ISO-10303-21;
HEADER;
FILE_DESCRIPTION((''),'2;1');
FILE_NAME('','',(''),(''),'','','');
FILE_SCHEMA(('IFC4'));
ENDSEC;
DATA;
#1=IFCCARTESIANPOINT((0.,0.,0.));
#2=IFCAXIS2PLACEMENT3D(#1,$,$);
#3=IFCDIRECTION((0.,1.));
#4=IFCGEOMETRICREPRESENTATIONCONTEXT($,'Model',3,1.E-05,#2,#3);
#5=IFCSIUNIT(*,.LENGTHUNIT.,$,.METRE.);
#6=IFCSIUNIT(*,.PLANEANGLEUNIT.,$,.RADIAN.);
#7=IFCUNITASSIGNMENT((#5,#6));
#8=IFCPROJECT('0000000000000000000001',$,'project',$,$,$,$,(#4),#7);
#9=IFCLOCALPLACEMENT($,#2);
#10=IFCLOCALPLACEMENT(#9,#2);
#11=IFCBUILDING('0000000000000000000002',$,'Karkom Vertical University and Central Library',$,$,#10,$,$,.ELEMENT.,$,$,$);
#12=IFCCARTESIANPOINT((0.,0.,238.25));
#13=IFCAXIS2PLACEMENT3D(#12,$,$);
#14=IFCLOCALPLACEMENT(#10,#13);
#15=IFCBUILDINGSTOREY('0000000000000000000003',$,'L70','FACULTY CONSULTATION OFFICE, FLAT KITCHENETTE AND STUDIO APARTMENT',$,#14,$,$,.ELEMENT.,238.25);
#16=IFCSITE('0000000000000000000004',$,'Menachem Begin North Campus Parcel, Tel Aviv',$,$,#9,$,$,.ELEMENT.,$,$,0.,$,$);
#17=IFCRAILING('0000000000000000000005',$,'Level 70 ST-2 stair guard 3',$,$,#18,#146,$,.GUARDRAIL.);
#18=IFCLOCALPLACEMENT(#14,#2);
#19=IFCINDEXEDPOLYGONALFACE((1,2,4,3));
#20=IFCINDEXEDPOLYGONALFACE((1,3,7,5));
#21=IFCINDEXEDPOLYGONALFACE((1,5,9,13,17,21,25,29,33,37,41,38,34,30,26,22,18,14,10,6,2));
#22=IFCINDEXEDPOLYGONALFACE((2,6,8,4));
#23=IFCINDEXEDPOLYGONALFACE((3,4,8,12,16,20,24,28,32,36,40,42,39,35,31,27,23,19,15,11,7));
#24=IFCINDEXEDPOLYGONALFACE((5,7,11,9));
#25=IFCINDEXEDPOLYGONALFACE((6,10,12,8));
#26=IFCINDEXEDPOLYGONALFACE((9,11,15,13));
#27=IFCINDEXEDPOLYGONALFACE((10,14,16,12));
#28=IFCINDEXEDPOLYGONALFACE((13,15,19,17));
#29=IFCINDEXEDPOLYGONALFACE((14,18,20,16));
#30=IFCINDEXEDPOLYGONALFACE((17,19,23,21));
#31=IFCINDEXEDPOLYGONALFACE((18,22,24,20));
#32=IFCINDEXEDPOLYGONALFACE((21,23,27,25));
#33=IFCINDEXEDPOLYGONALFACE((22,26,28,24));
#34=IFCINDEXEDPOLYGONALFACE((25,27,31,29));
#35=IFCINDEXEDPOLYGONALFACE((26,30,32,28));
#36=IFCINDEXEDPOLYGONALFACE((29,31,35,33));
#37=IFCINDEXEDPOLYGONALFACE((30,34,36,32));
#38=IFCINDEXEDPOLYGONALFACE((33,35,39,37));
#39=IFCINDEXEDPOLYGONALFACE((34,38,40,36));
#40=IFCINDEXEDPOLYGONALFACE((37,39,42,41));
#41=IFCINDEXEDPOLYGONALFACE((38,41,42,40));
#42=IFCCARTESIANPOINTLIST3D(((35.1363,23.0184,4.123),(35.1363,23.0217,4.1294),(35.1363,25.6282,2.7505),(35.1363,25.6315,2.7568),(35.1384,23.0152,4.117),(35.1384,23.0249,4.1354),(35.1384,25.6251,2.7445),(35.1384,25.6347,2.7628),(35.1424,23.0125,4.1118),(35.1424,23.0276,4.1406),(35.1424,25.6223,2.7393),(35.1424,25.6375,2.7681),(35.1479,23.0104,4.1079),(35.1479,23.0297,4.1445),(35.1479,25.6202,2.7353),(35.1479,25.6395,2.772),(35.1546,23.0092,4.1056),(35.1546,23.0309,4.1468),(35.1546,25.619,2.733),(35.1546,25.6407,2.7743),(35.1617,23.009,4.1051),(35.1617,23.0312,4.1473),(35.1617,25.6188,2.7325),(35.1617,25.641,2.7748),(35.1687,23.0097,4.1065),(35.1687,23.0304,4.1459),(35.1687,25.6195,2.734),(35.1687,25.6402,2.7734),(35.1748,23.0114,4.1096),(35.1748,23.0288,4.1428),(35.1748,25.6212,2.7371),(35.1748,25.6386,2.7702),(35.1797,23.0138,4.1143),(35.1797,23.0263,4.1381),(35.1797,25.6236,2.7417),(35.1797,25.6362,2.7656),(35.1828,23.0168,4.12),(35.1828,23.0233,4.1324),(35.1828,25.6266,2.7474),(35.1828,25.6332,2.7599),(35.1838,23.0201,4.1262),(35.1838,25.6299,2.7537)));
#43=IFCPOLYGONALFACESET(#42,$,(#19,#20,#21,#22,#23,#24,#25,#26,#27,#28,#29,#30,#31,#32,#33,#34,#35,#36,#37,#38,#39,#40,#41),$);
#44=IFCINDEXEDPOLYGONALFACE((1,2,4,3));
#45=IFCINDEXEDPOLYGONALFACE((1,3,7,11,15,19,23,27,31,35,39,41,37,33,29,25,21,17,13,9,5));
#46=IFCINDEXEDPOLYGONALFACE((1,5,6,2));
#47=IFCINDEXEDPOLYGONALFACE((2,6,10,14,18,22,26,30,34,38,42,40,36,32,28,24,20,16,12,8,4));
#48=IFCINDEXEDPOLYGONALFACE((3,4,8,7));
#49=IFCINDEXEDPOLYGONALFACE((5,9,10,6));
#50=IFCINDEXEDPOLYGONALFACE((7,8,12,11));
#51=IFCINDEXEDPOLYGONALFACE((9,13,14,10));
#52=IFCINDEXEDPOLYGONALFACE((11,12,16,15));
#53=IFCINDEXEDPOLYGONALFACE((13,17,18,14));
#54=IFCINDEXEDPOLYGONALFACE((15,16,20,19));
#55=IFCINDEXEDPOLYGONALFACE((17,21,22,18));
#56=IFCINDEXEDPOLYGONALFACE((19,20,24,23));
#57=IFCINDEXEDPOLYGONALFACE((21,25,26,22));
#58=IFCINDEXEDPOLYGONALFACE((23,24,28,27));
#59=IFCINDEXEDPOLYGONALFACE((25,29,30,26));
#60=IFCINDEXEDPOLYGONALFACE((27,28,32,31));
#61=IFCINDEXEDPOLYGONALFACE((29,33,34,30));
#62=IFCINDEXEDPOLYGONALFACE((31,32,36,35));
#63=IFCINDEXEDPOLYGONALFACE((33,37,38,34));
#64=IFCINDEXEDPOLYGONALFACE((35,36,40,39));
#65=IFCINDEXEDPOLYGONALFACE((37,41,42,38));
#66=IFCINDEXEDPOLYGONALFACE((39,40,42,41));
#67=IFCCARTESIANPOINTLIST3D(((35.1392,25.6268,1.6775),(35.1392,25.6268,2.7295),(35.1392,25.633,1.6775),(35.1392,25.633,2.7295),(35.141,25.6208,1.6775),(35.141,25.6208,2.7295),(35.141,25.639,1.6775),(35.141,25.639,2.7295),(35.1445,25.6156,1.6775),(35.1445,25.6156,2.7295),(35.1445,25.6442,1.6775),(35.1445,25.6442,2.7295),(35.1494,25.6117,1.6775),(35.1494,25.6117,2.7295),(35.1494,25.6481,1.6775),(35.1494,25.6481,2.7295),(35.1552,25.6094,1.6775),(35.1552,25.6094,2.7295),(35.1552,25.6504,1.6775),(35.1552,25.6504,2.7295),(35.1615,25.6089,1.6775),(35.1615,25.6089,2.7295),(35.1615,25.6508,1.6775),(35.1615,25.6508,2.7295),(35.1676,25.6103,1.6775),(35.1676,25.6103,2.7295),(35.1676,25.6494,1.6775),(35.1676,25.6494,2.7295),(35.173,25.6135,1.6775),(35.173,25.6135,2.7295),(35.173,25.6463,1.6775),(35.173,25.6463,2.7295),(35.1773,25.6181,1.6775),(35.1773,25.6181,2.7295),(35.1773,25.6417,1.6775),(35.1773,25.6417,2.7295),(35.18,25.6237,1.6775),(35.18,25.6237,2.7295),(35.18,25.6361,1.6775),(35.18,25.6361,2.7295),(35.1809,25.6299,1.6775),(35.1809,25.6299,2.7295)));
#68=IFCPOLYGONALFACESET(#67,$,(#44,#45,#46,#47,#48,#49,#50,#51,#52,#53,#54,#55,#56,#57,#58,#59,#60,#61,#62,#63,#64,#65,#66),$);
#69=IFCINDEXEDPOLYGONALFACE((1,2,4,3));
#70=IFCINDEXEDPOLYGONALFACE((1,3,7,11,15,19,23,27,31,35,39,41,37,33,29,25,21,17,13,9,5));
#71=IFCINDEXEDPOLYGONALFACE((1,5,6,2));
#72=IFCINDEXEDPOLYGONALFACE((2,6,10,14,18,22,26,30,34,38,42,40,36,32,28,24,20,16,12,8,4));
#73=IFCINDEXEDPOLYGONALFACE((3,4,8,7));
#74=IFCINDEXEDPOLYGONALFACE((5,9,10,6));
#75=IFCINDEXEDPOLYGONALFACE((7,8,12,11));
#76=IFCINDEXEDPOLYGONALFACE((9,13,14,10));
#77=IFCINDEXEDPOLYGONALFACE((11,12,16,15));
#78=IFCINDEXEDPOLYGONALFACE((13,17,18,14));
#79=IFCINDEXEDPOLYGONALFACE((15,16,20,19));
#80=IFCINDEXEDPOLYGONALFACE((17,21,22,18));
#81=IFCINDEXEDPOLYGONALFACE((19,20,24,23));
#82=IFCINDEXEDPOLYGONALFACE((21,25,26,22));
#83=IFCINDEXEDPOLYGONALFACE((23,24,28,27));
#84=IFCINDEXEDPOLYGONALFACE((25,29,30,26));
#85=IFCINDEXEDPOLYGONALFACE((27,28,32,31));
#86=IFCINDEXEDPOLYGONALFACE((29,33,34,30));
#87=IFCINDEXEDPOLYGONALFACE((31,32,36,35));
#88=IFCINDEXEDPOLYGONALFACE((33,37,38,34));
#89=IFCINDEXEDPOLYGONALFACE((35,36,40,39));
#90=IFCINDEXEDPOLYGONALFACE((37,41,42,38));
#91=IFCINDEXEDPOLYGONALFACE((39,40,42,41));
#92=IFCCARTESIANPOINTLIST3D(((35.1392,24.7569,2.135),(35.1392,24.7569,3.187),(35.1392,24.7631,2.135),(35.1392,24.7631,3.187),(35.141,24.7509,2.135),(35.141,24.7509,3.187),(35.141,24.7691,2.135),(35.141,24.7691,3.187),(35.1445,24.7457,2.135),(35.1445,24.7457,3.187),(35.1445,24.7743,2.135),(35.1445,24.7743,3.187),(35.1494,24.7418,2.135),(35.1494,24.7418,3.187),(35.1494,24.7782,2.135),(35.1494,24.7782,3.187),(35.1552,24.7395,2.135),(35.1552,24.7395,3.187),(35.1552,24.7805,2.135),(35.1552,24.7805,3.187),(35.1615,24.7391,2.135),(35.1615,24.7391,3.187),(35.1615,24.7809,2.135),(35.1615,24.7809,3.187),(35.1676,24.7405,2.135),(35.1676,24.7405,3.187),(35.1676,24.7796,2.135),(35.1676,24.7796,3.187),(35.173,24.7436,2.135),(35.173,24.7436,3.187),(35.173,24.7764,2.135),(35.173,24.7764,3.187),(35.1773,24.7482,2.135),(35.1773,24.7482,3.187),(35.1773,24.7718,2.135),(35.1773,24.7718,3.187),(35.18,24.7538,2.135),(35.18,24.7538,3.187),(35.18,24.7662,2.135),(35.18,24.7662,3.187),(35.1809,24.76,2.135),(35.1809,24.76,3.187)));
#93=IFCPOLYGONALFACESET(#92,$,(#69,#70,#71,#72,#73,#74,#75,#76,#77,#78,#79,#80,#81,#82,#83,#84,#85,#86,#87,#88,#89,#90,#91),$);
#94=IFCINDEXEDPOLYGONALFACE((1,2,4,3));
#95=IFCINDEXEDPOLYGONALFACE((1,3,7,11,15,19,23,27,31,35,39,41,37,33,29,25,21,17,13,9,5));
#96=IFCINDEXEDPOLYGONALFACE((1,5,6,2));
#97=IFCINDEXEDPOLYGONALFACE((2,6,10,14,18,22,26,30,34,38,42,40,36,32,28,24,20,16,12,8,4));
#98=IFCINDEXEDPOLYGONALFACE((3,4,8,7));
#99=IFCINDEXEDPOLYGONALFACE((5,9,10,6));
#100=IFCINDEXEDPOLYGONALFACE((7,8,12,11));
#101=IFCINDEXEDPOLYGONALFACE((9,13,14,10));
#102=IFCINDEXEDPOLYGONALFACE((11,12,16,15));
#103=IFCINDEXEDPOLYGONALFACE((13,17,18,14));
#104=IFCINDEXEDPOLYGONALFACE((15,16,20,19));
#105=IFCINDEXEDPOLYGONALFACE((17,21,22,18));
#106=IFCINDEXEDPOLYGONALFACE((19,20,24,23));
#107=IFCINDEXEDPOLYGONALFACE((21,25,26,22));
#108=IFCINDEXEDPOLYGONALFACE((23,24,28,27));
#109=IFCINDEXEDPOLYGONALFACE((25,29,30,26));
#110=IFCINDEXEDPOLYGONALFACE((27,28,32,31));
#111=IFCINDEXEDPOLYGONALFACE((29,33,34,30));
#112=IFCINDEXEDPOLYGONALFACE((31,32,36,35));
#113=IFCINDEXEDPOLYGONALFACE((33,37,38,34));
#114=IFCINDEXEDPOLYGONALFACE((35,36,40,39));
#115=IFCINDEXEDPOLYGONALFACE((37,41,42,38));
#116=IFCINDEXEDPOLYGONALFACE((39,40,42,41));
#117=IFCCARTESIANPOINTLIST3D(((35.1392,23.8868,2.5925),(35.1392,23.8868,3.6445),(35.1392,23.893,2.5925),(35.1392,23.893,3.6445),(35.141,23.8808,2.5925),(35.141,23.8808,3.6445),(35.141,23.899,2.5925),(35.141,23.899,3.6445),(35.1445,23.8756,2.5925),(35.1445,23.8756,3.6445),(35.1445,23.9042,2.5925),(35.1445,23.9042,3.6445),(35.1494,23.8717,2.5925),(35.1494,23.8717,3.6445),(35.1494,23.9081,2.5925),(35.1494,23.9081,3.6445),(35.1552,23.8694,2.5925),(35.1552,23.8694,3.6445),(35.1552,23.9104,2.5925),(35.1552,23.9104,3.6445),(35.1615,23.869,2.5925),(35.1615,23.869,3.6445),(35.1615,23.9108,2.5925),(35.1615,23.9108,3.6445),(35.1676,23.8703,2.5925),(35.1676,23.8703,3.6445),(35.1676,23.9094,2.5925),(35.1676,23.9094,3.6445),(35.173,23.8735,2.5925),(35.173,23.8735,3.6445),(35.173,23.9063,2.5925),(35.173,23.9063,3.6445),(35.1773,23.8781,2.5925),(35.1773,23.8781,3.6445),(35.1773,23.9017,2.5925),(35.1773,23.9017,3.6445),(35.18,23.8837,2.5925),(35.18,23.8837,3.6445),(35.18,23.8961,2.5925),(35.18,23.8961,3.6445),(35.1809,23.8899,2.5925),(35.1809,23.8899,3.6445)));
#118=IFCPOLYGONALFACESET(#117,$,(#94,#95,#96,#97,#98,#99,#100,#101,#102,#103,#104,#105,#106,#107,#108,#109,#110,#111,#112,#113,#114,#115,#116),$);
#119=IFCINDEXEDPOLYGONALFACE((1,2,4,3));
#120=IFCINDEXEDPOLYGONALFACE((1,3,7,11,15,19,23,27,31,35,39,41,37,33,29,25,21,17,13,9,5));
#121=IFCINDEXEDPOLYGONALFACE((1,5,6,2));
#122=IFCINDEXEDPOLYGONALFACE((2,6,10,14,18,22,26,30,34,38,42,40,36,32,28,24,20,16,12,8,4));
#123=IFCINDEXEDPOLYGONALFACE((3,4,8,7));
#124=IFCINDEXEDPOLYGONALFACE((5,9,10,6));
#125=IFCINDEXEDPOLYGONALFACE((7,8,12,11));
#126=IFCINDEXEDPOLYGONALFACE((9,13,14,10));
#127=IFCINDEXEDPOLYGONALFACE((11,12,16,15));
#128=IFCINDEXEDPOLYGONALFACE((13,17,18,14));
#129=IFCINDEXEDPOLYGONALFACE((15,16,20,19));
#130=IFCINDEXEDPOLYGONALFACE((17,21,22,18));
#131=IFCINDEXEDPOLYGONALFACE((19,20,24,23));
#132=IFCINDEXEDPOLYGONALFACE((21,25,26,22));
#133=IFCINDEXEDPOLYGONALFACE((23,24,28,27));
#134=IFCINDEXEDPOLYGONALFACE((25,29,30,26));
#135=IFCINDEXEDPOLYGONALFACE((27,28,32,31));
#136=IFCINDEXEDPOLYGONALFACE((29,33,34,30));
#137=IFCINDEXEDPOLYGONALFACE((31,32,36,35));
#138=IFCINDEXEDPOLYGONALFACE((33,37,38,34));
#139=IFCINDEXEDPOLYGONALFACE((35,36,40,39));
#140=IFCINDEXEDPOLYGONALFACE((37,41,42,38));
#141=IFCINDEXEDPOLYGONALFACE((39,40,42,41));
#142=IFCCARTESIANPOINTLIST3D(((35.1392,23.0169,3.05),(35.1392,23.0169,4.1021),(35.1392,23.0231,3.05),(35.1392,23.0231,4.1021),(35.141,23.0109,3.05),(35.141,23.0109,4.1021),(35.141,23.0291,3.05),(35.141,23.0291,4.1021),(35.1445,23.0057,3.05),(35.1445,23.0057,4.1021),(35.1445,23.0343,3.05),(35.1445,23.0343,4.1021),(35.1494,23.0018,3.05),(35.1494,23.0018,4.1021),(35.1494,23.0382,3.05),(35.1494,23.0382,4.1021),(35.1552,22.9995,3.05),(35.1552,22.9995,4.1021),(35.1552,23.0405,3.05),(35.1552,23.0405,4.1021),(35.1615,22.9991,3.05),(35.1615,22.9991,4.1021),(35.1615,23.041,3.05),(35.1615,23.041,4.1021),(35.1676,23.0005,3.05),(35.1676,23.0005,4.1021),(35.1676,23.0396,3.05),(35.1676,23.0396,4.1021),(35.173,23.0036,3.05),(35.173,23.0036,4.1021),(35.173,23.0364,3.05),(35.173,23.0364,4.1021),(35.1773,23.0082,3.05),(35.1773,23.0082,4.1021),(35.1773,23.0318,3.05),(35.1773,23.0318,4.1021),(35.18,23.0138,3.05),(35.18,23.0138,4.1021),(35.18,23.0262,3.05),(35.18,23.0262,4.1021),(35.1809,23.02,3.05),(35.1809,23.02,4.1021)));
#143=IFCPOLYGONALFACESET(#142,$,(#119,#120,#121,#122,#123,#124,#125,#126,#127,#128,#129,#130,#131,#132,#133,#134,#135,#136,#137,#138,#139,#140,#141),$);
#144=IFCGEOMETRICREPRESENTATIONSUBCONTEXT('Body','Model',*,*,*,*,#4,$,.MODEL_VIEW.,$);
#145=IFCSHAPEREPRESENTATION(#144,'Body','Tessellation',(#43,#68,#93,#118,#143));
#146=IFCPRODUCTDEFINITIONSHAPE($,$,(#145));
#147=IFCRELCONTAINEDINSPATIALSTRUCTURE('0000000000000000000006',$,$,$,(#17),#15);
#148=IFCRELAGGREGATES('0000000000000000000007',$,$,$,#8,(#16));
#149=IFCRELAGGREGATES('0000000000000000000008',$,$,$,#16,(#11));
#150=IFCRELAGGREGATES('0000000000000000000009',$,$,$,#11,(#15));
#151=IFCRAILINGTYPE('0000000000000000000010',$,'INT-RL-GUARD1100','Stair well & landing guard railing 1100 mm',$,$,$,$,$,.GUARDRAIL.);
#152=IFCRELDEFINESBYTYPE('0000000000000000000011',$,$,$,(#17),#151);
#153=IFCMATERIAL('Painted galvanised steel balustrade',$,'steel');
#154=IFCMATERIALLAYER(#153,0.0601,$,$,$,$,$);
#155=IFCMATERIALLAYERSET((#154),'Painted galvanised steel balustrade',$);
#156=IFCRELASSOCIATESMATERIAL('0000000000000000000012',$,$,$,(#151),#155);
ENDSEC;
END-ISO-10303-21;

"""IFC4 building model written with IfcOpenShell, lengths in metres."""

from ifc_helpers import new_model, si_unit, direction, frame, origin, origin_2d, place, context, subcontext, project, spatial, circle, extrude, material, layer, layer_set, type_object, element, save


model = new_model("IFC4")

# Units and contexts
model_context = context("Model", 3, precision=1e-05, world=origin(), true_north=direction((0.0, 1.0)))
body_context = subcontext(model_context, "Body", "Model", "MODEL_VIEW")
ifc_project = project(units=[si_unit("LENGTHUNIT", "METRE"), si_unit("PLANEANGLEUNIT", "RADIAN")], contexts=[model_context])

# Site, building, storey
site_placement = place(None, origin())
site = spatial("IfcSite", under=ifc_project, at=site_placement, Name="Menachem Begin North Campus Parcel, Tel Aviv", CompositionType="ELEMENT", RefElevation=0.0)
building_placement = place(site_placement, origin())
building = spatial("IfcBuilding", under=site, at=building_placement, Name="Karkom Vertical University and Central Library", CompositionType="ELEMENT")
storey_placement = place(building_placement, frame((0.0, 0.0, 238.25)))
storey = spatial("IfcBuildingStorey", under=building, at=storey_placement, Name="L70", Description="FACULTY CONSULTATION OFFICE, FLAT KITCHENETTE AND STUDIO APARTMENT", CompositionType="ELEMENT", Elevation=238.25)

# Railing
ifc_material_1 = material(Name="Painted galvanised steel balustrade", Category="steel")
ifc_layer_1 = layer(ifc_material_1, 0.0601)
ifc_layer_set_1 = layer_set([ifc_layer_1], Name="Painted galvanised steel balustrade")
railing_type_1 = type_object("IfcRailingType", Name="INT-RL-GUARD1100", Description="Stair well & landing guard railing 1100 mm", PredefinedType="GUARDRAIL", material=ifc_layer_set_1)
railing_1_placement = place(storey_placement, frame((35.1599, 25.6299, 1.6775)))
element("IfcRailing", 1, at=railing_1_placement, inside=storey, type_object=railing_type_1, Name="Level 70 ST-2 stair guard 3", PredefinedType="GUARDRAIL", context=body_context, shape_type="SweptSolid", body=[
    extrude(circle(Radius=0.0239, at=origin_2d()), frame((0.0, 0.0, 1.0762), z_axis=(0.0, -0.885065, 0.465467), x_axis=(1.0, 0.0, 0.0)), (0.0, 0.0, 1.0), 2.9487),
    extrude(circle(Radius=0.021, at=origin_2d()), origin(), (0.0, 0.0, 1.0), 1.052),
    extrude(circle(Radius=0.021, at=origin_2d()), frame((0.0, -0.8699, 0.4575)), (0.0, 0.0, 1.0), 1.052),
    extrude(circle(Radius=0.021, at=origin_2d()), frame((0.0, -1.74, 0.915)), (0.0, 0.0, 1.0), 1.052),
    extrude(circle(Radius=0.021, at=origin_2d()), frame((0.0, -2.6099, 1.3726)), (0.0, 0.0, 1.0), 1.052),
])

save(model, "model.ifc")
